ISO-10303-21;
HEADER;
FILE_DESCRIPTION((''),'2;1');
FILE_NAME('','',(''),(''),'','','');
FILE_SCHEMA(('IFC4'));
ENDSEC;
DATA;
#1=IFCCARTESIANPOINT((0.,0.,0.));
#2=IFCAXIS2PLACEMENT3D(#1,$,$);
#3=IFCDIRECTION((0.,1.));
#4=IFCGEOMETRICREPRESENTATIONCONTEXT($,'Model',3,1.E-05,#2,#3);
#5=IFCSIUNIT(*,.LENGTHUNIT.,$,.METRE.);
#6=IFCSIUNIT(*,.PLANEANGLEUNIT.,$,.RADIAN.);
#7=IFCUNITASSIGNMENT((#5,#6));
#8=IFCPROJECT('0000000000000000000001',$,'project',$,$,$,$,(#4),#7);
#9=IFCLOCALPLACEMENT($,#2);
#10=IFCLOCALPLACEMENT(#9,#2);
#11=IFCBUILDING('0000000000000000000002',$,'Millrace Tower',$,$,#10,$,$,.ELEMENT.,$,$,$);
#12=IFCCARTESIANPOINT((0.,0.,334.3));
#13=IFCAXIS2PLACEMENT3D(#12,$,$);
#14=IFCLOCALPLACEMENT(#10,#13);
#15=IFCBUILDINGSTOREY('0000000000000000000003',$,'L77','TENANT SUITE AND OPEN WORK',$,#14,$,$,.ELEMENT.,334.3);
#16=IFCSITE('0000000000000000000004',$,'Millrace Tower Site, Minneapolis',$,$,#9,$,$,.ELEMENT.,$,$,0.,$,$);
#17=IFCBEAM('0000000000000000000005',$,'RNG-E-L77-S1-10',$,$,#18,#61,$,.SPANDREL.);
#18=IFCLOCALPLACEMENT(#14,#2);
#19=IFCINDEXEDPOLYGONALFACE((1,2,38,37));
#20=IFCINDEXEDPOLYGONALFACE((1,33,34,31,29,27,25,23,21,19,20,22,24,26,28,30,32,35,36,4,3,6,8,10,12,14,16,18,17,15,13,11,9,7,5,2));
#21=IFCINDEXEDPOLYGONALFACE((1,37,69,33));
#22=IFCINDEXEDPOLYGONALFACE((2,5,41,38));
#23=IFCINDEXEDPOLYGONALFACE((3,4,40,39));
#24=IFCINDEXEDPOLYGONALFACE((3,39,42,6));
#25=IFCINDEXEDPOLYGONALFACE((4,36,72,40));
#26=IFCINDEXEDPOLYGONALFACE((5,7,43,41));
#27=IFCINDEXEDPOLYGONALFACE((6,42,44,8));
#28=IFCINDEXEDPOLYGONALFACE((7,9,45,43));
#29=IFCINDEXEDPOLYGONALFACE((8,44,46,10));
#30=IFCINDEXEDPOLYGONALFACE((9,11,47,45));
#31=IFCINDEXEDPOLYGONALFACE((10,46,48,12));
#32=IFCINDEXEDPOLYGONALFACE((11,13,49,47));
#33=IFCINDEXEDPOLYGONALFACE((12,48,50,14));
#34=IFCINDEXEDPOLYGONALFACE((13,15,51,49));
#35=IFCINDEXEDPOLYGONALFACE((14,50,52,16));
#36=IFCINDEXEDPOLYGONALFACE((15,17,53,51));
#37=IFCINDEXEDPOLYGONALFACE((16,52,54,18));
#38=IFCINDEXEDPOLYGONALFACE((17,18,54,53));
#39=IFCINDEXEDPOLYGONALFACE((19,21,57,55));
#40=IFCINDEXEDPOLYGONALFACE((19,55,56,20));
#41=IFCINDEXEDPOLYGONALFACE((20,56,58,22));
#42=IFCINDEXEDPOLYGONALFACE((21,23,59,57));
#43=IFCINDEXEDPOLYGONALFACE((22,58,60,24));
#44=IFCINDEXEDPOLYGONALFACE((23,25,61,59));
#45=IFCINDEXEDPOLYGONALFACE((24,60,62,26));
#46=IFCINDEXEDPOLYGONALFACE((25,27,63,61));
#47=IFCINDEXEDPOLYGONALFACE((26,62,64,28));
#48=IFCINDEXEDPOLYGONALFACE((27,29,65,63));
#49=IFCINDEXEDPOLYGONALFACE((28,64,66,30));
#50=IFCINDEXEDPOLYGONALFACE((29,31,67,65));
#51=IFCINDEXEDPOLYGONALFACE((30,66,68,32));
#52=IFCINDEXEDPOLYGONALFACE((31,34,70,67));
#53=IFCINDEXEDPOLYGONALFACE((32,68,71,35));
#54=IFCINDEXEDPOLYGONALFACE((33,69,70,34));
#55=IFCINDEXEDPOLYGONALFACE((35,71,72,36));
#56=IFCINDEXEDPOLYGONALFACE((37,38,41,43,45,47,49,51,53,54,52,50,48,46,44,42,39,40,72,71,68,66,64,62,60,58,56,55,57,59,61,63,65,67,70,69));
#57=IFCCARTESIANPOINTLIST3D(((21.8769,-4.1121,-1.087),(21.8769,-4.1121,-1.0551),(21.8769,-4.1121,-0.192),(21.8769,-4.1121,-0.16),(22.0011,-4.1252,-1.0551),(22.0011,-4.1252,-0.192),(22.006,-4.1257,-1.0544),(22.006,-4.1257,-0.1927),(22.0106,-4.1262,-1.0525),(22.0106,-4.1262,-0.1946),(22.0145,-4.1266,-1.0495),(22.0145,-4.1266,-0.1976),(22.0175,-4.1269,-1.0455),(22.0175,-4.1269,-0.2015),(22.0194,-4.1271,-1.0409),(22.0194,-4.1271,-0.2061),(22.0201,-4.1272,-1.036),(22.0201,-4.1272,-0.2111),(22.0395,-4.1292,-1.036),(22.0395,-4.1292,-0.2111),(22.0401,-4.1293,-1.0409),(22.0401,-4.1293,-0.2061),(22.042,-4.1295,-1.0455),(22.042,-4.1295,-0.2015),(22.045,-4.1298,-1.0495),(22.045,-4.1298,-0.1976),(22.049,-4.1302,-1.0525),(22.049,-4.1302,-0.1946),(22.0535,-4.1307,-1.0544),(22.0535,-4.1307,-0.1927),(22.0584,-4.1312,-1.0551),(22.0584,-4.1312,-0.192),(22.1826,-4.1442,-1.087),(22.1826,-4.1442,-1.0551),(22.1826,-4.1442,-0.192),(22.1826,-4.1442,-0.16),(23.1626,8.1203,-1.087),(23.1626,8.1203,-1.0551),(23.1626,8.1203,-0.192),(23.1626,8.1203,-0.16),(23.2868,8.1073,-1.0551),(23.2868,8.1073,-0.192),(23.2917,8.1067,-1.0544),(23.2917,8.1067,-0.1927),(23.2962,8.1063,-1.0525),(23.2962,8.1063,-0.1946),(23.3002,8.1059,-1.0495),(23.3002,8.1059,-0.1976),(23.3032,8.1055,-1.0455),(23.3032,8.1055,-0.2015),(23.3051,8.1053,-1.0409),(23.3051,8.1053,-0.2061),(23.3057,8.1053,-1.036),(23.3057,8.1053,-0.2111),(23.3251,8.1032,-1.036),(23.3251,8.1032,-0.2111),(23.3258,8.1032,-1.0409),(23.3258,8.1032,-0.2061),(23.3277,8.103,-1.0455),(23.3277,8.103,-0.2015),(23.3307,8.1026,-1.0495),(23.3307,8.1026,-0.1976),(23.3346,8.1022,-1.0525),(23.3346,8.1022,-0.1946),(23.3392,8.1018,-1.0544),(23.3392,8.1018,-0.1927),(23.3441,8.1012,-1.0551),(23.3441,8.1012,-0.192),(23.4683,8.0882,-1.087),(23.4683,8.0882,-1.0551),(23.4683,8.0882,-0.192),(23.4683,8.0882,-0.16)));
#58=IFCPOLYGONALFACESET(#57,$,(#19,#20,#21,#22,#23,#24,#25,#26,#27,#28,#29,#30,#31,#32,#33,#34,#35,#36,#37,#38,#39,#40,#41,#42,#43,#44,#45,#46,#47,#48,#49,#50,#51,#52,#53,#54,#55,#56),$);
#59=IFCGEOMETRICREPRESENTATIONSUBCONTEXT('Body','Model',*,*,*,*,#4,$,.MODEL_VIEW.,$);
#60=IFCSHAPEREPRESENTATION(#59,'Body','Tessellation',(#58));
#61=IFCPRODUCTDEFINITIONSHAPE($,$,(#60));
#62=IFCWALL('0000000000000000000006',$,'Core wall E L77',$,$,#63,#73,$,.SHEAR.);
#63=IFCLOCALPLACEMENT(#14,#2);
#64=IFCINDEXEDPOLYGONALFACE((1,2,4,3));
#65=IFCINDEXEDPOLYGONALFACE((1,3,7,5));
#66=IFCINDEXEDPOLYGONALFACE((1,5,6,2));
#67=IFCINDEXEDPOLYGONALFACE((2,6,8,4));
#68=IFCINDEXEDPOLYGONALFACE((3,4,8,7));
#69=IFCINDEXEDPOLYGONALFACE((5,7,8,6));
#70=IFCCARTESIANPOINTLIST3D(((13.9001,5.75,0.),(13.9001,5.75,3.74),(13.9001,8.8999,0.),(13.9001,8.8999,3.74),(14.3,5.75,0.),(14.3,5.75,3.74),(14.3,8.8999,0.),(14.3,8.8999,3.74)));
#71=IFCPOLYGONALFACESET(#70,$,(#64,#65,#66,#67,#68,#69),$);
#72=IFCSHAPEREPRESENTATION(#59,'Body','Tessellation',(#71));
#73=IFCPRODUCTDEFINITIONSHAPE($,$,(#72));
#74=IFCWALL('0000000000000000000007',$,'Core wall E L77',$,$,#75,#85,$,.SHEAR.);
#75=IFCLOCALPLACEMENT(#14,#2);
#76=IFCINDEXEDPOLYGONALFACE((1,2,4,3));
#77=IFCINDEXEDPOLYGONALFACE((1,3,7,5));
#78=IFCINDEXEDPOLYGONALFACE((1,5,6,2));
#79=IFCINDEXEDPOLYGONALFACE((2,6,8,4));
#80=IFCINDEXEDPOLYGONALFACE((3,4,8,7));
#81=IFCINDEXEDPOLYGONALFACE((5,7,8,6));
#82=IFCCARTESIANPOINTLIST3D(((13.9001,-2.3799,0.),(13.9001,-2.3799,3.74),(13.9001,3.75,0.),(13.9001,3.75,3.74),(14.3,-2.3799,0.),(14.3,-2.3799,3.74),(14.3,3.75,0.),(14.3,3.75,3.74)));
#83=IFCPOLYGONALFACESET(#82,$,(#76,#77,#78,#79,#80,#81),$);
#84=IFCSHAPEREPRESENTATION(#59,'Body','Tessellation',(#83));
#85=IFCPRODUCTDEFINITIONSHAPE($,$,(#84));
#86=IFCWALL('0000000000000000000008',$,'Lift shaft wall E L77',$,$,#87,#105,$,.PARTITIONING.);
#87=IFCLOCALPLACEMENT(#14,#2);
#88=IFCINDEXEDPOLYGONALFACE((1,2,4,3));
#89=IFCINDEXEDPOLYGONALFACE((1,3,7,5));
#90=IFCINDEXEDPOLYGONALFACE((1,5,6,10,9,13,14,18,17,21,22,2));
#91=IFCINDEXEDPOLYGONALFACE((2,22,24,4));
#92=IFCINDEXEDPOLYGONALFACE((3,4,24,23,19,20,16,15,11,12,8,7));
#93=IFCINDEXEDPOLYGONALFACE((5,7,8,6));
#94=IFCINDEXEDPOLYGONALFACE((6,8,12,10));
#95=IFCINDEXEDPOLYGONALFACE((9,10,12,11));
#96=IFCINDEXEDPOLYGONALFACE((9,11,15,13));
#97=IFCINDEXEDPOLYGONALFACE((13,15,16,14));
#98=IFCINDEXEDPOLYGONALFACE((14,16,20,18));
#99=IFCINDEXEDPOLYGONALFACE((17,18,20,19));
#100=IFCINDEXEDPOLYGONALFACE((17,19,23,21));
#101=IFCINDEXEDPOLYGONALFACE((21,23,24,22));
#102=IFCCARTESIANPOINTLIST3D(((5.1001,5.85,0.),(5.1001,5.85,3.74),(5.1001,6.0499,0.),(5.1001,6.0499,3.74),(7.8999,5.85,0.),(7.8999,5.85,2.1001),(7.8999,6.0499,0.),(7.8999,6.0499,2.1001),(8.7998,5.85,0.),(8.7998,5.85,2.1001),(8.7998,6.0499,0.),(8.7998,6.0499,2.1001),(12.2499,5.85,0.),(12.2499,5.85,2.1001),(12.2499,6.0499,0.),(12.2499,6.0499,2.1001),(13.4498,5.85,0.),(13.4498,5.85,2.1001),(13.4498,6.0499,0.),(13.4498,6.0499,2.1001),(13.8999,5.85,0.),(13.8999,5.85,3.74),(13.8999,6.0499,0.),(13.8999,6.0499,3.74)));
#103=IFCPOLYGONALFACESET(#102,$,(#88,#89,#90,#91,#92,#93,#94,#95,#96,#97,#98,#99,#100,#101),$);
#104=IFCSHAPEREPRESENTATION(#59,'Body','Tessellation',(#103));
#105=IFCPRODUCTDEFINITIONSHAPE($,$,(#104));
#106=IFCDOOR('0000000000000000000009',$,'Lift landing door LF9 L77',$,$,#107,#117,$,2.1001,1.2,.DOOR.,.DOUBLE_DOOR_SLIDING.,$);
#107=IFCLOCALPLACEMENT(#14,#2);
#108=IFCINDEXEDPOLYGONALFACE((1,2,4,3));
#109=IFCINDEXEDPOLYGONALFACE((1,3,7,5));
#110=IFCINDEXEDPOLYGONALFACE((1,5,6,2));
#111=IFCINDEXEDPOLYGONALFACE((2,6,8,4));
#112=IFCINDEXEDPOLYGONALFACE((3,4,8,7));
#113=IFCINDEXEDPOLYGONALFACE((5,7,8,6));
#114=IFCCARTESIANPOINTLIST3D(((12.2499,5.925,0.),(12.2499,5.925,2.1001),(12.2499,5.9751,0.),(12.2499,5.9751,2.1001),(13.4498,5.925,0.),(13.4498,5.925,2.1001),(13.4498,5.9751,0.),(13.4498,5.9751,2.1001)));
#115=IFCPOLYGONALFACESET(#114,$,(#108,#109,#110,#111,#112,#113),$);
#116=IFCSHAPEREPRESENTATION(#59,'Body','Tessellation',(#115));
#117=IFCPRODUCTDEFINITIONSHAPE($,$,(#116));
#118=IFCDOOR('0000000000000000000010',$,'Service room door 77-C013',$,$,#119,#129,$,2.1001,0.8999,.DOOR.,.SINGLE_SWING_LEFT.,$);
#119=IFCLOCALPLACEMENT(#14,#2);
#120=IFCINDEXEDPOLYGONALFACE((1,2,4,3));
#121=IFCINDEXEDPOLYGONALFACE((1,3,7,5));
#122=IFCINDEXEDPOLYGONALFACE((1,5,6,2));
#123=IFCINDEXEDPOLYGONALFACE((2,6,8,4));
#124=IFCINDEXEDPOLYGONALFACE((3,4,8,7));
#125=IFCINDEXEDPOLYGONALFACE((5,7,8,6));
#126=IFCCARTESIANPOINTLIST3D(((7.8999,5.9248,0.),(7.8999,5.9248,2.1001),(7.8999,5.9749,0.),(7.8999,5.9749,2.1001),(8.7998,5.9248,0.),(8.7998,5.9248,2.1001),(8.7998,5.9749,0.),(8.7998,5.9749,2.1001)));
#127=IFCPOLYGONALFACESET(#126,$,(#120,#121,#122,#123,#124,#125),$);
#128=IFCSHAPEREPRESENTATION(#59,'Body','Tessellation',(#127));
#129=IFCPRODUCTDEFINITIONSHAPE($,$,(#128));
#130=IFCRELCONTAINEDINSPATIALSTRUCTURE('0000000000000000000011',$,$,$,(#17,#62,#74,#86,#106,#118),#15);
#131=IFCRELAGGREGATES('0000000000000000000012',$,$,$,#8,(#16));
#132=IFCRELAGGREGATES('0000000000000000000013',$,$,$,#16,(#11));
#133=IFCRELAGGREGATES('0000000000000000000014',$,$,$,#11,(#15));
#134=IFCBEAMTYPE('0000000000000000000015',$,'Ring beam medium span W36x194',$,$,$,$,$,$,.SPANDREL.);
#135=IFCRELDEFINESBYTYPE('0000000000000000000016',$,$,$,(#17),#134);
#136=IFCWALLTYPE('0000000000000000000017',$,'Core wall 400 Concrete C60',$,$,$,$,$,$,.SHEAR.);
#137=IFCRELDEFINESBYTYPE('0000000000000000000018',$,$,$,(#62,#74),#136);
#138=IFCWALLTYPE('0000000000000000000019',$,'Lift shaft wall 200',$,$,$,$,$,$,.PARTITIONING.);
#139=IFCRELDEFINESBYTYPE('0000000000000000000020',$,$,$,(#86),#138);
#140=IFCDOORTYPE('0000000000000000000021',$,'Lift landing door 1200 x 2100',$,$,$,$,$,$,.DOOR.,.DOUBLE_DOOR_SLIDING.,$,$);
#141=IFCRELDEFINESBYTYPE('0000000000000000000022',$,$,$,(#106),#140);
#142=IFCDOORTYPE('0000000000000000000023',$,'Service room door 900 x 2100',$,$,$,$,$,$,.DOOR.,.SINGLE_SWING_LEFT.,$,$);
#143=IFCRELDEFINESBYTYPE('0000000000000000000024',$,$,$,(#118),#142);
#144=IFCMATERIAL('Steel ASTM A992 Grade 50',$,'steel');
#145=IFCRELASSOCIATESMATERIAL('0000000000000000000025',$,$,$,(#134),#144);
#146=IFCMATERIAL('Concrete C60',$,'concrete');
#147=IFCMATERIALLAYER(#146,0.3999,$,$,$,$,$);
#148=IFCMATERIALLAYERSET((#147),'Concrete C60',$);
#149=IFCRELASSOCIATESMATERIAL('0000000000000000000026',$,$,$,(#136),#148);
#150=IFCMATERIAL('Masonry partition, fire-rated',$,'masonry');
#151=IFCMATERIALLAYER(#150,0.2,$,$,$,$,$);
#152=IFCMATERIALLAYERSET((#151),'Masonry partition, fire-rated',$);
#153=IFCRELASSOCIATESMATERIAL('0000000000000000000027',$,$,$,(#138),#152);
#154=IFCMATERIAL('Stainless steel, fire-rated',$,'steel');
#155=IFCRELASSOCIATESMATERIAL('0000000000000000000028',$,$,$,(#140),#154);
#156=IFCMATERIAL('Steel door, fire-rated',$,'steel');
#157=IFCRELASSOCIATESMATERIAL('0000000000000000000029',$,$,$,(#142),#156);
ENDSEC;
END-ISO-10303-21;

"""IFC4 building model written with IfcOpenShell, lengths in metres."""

from ifc_helpers import new_model, si_unit, direction, frame, frame_2d, origin, origin_2d, place, context, subcontext, project, spatial, rectangle, i_section, extrude, material, layer, layer_set, material_profile, profile_set, type_object, element, fill, save


model = new_model("IFC4")

# Units and contexts
model_context = context("Model", 3, precision=1e-05, world=origin(), true_north=direction((0.0, 1.0)))
body_context = subcontext(model_context, "Body", "Model", "MODEL_VIEW")
ifc_project = project(units=[si_unit("LENGTHUNIT", "METRE"), si_unit("PLANEANGLEUNIT", "RADIAN")], contexts=[model_context])

# Site, building, storey
site_placement = place(None, origin())
site = spatial("IfcSite", under=ifc_project, at=site_placement, Name="Millrace Tower Site, Minneapolis", CompositionType="ELEMENT", RefElevation=0.0)
building_placement = place(site_placement, origin())
building = spatial("IfcBuilding", under=site, at=building_placement, Name="Millrace Tower", CompositionType="ELEMENT")
storey_placement = place(building_placement, frame((0.0, 0.0, 334.3)))
storey = spatial("IfcBuildingStorey", under=building, at=storey_placement, Name="L77", Description="TENANT SUITE AND OPEN WORK", CompositionType="ELEMENT", Elevation=334.3)

# Beam
ifc_material_1 = material(Name="Steel ASTM A992 Grade 50", Category="steel")
ifc_material_profile_1 = material_profile(ifc_material_1, i_section(OverallWidth=0.3074, OverallDepth=0.927, WebThickness=0.0195, FlangeThickness=0.032, FilletRadius=0.019, at=origin_2d()))
ifc_profile_set_1 = profile_set([ifc_material_profile_1], Name="Steel ASTM A992 Grade 50")
beam_type_1 = type_object("IfcBeamType", Name="Ring beam medium span W36x194", PredefinedType="SPANDREL", material=ifc_profile_set_1)
beam_1_placement = place(storey_placement, frame((23.3154, 8.1042, -0.6235), z_axis=(-0.104526, -0.994522, 0.0), x_axis=(0.994522, -0.104526, 0.0)))
element("IfcBeam", 1, at=beam_1_placement, inside=storey, type_object=beam_type_1, Name="RNG-E-L77-S1-10", PredefinedType="SPANDREL", context=body_context, shape_type="SweptSolid", body=[
    extrude(i_section(OverallWidth=0.3074, OverallDepth=0.927, WebThickness=0.0195, FlangeThickness=0.032, FilletRadius=0.019, at=origin_2d()), origin(), (0.0, 0.0, 1.0), 12.2998),
])

# Walls
ifc_material_2 = material(Name="Concrete C60", Category="concrete")
ifc_layer_1 = layer(ifc_material_2, 0.3999)
ifc_layer_set_1 = layer_set([ifc_layer_1], Name="Concrete C60")
wall_type_1 = type_object("IfcWallType", Name="Core wall 400 Concrete C60", PredefinedType="SHEAR", material=ifc_layer_set_1)
wall_1_placement = place(storey_placement, frame((14.1001, 8.8999, 0.0), z_axis=(0.0, 0.0, 1.0), x_axis=(0.0, -1.0, 0.0)))
element("IfcWall", 2, at=wall_1_placement, inside=storey, type_object=wall_type_1, Name="Core wall E L77", PredefinedType="SHEAR", context=body_context, shape_type="SweptSolid", body=[
    extrude(rectangle(XDim=3.1499, YDim=0.3999, at=frame_2d((1.575, 0.0))), origin(), (0.0, 0.0, 1.0), 3.74),
])
wall_2_placement = place(storey_placement, frame((14.1001, 3.75, 0.0), z_axis=(0.0, 0.0, 1.0), x_axis=(0.0, -1.0, 0.0)))
element("IfcWall", 3, at=wall_2_placement, inside=storey, type_object=wall_type_1, Name="Core wall E L77", PredefinedType="SHEAR", context=body_context, shape_type="SweptSolid", body=[
    extrude(rectangle(XDim=6.1299, YDim=0.3999, at=frame_2d((3.0649, 0.0))), origin(), (0.0, 0.0, 1.0), 3.74),
])

# Wall, openings, doors
ifc_material_3 = material(Name="Masonry partition, fire-rated", Category="masonry")
ifc_layer_2 = layer(ifc_material_3, 0.2)
ifc_layer_set_2 = layer_set([ifc_layer_2], Name="Masonry partition, fire-rated")
wall_type_2 = type_object("IfcWallType", Name="Lift shaft wall 200", PredefinedType="PARTITIONING", material=ifc_layer_set_2)
wall_3_placement = place(storey_placement, frame((13.8999, 5.95, 0.0), z_axis=(0.0, 0.0, 1.0), x_axis=(-1.0, 0.0, 0.0)))
wall_3 = element("IfcWall", 4, at=wall_3_placement, inside=storey, type_object=wall_type_2, Name="Lift shaft wall E L77", PredefinedType="PARTITIONING", context=body_context, shape_type="SweptSolid", body=[
    extrude(rectangle(XDim=8.7998, YDim=0.2, at=frame_2d((4.3999, 0.0))), origin(), (0.0, 0.0, 1.0), 3.74),
])
opening_1_placement = place(wall_3_placement, frame((0.45, 0.0, 0.0)))
opening_1 = element("IfcOpeningElement", 5, at=opening_1_placement, cuts=wall_3, PredefinedType="OPENING", context=body_context, shape_type="SweptSolid", body=[
    extrude(rectangle(XDim=1.2, YDim=2.1001, at=frame_2d((0.6001, 1.05))), frame((0.0, 0.1099, 0.0), z_axis=(0.0, -1.0, 0.0), x_axis=(1.0, 0.0, 0.0)), (0.0, 0.0, 1.0), 0.22),
])
opening_2_placement = place(wall_3_placement, frame((5.1001, 0.0, 0.0)))
opening_2 = element("IfcOpeningElement", 6, at=opening_2_placement, cuts=wall_3, PredefinedType="OPENING", context=body_context, shape_type="SweptSolid", body=[
    extrude(rectangle(XDim=0.8999, YDim=2.1001, at=frame_2d((0.45, 1.05))), frame((0.0, 0.1099, 0.0), z_axis=(0.0, -1.0, 0.0), x_axis=(1.0, 0.0, 0.0)), (0.0, 0.0, 1.0), 0.22),
])
ifc_material_4 = material(Name="Stainless steel, fire-rated", Category="steel")
door_type_1 = type_object("IfcDoorType", Name="Lift landing door 1200 x 2100", OperationType="DOUBLE_DOOR_SLIDING", PredefinedType="DOOR", material=ifc_material_4)
door_1_placement = place(opening_1_placement, origin())
door_1 = element("IfcDoor", 7, at=door_1_placement, inside=storey, type_object=door_type_1, Name="Lift landing door LF9 L77", OperationType="DOUBLE_DOOR_SLIDING", OverallHeight=2.1001, OverallWidth=1.2, PredefinedType="DOOR", context=body_context, shape_type="SweptSolid", body=[
    extrude(rectangle(XDim=1.2, YDim=2.1001, at=frame_2d((0.6001, 1.05))), frame((0.0, 0.0249, 0.0), z_axis=(0.0, -1.0, 0.0), x_axis=(1.0, 0.0, 0.0)), (0.0, 0.0, 1.0), 0.05),
])
fill(opening_1, door_1)
ifc_material_5 = material(Name="Steel door, fire-rated", Category="steel")
door_type_2 = type_object("IfcDoorType", Name="Service room door 900 x 2100", OperationType="SINGLE_SWING_LEFT", PredefinedType="DOOR", material=ifc_material_5)
door_2_placement = place(opening_2_placement, frame((0.8999, 0.0, 0.0), z_axis=(0.0, 0.0, 1.0), x_axis=(-1.0, 0.0, 0.0)))
door_2 = element("IfcDoor", 8, at=door_2_placement, inside=storey, type_object=door_type_2, Name="Service room door 77-C013", OperationType="SINGLE_SWING_LEFT", OverallHeight=2.1001, OverallWidth=0.8999, PredefinedType="DOOR", context=body_context, shape_type="SweptSolid", body=[
    extrude(rectangle(XDim=0.8999, YDim=2.1001, at=frame_2d((0.45, 1.05))), frame((0.0, 0.0249, 0.0), z_axis=(0.0, -1.0, 0.0), x_axis=(1.0, 0.0, 0.0)), (0.0, 0.0, 1.0), 0.05),
])
fill(opening_2, door_2)

save(model, "model.ifc")
